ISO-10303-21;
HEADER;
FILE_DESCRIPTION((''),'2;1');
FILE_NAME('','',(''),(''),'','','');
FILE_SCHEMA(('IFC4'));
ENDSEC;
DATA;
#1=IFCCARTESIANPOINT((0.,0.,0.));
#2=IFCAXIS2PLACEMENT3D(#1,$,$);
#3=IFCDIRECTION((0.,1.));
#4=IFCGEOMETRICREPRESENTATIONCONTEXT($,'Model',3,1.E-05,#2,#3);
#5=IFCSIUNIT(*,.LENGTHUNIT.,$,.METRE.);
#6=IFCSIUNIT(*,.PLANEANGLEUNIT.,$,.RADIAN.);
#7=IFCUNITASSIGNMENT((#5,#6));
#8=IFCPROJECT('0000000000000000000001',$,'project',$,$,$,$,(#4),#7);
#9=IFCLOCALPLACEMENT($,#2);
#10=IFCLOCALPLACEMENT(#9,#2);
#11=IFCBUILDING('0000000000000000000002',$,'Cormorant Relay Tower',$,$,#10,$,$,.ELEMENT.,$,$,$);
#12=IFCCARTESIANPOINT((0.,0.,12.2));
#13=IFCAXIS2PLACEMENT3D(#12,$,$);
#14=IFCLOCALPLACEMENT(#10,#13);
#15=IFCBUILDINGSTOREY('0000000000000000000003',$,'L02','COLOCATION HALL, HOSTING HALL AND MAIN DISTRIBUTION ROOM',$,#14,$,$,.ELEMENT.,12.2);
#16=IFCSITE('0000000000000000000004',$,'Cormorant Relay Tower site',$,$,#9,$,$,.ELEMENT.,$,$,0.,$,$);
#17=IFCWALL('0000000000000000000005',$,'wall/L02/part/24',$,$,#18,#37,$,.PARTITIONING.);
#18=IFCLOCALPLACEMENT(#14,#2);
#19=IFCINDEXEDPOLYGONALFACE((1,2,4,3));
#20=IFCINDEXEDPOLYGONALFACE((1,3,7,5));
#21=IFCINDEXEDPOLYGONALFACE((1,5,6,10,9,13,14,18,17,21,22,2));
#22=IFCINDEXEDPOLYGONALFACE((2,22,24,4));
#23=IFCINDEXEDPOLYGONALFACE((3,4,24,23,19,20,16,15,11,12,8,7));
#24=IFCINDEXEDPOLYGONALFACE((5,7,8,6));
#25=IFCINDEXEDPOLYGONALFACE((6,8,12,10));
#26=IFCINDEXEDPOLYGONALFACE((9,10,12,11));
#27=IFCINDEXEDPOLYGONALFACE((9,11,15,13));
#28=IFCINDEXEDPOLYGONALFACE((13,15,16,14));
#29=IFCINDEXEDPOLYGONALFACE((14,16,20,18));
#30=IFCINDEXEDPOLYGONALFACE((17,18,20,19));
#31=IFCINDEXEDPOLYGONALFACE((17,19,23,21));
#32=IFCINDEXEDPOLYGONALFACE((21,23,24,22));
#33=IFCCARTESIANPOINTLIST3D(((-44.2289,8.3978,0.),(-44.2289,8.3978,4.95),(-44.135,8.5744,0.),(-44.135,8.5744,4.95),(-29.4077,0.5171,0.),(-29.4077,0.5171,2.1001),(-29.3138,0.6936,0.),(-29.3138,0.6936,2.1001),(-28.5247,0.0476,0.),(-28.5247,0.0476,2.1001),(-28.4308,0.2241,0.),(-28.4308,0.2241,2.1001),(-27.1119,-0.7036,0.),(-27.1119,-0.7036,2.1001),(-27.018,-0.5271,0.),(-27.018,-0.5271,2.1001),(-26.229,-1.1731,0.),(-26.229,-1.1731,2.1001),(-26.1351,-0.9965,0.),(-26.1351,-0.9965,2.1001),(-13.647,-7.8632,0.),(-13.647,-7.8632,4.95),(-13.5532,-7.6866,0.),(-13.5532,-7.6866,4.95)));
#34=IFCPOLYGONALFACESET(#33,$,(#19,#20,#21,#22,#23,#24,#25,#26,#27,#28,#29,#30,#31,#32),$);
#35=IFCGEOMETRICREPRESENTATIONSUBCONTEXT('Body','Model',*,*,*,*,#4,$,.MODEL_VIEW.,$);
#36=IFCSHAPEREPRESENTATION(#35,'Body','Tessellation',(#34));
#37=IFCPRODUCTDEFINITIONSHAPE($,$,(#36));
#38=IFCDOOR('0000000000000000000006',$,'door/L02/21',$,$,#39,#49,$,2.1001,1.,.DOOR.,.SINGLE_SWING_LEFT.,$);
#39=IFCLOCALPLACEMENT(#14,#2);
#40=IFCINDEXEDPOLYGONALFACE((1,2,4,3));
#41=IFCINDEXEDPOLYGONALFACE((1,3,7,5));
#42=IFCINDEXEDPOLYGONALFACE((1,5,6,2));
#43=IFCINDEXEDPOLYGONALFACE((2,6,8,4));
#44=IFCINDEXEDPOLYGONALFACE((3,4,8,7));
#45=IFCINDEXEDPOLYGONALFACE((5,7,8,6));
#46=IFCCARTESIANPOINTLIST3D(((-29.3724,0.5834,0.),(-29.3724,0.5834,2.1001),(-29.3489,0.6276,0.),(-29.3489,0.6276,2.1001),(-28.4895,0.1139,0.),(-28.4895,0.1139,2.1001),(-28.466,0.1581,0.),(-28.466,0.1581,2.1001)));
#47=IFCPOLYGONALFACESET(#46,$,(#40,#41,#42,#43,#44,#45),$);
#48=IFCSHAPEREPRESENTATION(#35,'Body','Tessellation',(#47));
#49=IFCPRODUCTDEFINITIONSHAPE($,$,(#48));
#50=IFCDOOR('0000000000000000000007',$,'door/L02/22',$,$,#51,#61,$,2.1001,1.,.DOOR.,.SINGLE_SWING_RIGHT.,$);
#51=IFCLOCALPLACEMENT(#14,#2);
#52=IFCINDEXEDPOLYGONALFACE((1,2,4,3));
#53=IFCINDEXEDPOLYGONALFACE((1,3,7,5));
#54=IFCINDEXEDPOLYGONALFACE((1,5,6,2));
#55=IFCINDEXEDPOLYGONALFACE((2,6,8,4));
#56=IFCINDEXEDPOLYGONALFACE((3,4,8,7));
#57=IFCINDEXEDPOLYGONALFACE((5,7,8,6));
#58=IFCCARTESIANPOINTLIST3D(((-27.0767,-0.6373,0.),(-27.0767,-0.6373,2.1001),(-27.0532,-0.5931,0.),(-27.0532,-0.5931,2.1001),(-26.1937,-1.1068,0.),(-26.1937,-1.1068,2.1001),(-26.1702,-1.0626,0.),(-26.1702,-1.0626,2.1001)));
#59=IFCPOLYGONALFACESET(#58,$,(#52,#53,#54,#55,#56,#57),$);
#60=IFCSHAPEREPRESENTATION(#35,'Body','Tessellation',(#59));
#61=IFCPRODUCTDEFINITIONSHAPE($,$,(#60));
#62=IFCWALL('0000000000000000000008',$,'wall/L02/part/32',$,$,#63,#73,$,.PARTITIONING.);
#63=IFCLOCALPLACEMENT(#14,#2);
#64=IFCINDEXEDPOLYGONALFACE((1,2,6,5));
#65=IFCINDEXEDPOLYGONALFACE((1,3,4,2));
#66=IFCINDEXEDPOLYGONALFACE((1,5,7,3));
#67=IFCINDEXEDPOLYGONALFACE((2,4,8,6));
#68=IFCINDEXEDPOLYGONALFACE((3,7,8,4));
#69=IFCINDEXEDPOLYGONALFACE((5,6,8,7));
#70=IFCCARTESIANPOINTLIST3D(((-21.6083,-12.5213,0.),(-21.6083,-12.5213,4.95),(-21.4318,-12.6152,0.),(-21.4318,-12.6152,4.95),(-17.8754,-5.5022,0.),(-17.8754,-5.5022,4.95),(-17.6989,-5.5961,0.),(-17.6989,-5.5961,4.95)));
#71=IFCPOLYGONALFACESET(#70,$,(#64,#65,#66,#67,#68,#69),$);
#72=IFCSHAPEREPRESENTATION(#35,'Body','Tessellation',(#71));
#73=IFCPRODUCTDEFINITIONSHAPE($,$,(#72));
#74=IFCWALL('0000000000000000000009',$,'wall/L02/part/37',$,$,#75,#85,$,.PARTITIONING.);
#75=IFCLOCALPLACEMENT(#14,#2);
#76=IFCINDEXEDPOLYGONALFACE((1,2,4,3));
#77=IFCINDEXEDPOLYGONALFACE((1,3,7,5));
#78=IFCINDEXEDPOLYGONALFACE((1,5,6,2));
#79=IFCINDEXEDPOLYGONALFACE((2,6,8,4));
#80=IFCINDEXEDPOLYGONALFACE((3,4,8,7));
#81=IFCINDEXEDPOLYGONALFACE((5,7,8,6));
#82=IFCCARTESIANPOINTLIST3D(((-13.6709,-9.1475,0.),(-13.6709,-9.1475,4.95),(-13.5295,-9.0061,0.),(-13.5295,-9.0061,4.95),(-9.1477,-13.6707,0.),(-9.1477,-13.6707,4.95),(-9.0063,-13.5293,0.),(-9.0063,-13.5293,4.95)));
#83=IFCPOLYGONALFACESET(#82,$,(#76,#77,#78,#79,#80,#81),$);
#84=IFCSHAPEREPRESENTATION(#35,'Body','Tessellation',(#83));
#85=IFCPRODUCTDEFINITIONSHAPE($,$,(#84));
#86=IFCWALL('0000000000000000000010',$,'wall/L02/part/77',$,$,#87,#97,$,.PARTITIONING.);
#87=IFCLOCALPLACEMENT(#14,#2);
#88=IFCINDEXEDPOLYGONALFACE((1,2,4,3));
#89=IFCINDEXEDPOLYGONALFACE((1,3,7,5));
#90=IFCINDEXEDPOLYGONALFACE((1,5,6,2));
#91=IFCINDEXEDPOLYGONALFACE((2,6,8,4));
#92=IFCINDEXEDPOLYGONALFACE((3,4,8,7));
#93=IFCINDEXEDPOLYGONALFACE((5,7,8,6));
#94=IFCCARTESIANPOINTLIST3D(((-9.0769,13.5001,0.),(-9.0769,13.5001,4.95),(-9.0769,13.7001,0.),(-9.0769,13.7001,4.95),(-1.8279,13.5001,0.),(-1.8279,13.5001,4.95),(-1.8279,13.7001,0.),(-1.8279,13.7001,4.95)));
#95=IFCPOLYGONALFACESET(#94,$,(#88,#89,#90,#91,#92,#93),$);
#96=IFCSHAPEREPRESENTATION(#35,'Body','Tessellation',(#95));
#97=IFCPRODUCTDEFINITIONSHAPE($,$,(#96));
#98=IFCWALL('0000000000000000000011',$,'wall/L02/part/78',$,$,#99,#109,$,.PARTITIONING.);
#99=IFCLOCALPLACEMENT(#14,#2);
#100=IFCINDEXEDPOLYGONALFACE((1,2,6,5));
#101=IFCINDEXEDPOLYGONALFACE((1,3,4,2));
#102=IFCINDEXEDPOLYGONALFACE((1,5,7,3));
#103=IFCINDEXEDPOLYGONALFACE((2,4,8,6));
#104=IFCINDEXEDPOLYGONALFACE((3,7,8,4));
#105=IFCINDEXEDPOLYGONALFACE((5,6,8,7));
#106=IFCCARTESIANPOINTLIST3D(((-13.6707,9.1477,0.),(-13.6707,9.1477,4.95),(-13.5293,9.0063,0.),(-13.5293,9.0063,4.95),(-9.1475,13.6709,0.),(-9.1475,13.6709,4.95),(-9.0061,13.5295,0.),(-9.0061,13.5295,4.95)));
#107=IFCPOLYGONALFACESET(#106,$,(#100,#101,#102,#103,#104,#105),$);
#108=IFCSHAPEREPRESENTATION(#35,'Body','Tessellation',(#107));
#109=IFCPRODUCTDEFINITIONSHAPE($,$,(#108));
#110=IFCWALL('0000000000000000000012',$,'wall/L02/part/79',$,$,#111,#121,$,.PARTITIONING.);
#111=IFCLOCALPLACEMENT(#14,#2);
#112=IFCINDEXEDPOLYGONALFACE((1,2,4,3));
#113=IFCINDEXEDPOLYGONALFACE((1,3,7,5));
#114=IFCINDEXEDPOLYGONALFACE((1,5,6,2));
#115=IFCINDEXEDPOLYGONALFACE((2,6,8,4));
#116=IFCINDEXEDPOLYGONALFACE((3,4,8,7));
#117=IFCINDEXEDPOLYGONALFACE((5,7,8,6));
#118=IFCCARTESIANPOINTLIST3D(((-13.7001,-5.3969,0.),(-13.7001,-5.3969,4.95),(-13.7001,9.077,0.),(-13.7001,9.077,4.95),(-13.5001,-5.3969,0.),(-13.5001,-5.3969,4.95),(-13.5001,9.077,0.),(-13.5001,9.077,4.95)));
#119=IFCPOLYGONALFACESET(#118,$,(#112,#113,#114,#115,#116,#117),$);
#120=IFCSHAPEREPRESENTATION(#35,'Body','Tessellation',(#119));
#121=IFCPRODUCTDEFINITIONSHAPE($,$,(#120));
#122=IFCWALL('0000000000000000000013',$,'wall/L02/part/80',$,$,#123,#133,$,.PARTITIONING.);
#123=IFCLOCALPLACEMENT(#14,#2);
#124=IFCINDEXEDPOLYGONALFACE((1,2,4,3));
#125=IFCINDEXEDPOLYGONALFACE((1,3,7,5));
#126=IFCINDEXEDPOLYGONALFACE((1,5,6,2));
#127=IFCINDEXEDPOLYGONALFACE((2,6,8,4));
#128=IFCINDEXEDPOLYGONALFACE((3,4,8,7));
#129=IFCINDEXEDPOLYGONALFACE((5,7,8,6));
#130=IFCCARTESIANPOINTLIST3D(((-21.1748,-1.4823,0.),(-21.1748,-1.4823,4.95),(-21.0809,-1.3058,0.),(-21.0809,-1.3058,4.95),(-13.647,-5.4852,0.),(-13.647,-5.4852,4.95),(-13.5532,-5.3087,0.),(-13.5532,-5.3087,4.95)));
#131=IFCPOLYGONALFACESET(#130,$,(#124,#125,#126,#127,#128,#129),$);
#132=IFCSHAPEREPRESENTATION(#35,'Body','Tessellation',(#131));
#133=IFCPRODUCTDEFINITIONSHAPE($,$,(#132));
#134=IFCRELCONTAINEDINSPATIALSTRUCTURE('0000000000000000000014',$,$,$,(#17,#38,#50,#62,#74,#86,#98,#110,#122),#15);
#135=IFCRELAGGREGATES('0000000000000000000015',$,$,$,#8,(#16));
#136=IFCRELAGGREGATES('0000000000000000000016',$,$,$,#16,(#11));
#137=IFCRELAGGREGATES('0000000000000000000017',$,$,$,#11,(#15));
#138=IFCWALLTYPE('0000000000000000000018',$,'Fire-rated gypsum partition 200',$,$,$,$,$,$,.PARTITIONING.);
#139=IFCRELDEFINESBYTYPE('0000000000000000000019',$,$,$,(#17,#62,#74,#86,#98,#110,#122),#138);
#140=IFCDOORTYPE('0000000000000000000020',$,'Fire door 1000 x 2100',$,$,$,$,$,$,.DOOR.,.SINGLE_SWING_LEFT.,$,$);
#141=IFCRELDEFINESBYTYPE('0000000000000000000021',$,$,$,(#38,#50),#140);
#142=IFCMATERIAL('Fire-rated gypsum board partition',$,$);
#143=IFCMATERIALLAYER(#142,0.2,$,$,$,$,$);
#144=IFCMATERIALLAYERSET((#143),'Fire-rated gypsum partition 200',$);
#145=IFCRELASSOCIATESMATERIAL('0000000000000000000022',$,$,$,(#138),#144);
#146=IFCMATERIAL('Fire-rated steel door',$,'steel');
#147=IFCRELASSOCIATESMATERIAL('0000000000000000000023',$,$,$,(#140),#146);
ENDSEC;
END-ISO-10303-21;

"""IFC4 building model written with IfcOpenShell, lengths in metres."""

from ifc_helpers import new_model, si_unit, direction, frame, frame_2d, origin, place, context, subcontext, project, spatial, rectangle, extrude, material, layer, layer_set, type_object, element, fill, save


model = new_model("IFC4")

# Units and contexts
model_context = context("Model", 3, precision=1e-05, world=origin(), true_north=direction((0.0, 1.0)))
body_context = subcontext(model_context, "Body", "Model", "MODEL_VIEW")
ifc_project = project(units=[si_unit("LENGTHUNIT", "METRE"), si_unit("PLANEANGLEUNIT", "RADIAN")], contexts=[model_context])

# Site, building, storey
site_placement = place(None, origin())
site = spatial("IfcSite", under=ifc_project, at=site_placement, Name="Cormorant Relay Tower site", CompositionType="ELEMENT", RefElevation=0.0)
building_placement = place(site_placement, origin())
building = spatial("IfcBuilding", under=site, at=building_placement, Name="Cormorant Relay Tower", CompositionType="ELEMENT")
storey_placement = place(building_placement, frame((0.0, 0.0, 12.2)))
storey = spatial("IfcBuildingStorey", under=building, at=storey_placement, Name="L02", Description="COLOCATION HALL, HOSTING HALL AND MAIN DISTRIBUTION ROOM", CompositionType="ELEMENT", Elevation=12.2)

# Shared definitions
ifc_material_1 = material(Name="Fire-rated gypsum board partition")
ifc_layer_1 = layer(ifc_material_1, 0.2)
ifc_layer_set_1 = layer_set([ifc_layer_1], Name="Fire-rated gypsum partition 200")
wall_type_1 = type_object("IfcWallType", Name="Fire-rated gypsum partition 200", PredefinedType="PARTITIONING", material=ifc_layer_set_1)

# Wall, openings, doors
wall_1_placement = place(storey_placement, frame((-13.6001, -7.7749, 0.0), z_axis=(0.0, 0.0, 1.0), x_axis=(-0.882943, 0.46948, 0.0)))
wall_1 = element("IfcWall", 1, at=wall_1_placement, inside=storey, type_object=wall_type_1, Name="wall/L02/part/24", PredefinedType="PARTITIONING", context=body_context, shape_type="SweptSolid", body=[
    extrude(rectangle(XDim=34.6362, YDim=0.2, at=frame_2d((17.3181, 0.0))), origin(), (0.0, 0.0, 1.0), 4.95),
])
opening_1_placement = place(wall_1_placement, frame((16.8501, 0.0, 0.0)))
opening_1 = element("IfcOpeningElement", 2, at=opening_1_placement, cuts=wall_1, PredefinedType="OPENING", context=body_context, shape_type="SweptSolid", body=[
    extrude(rectangle(XDim=1.0, YDim=2.1001, at=frame_2d((0.5, 1.05))), frame((0.0, 0.1099, 0.0), z_axis=(0.0, -1.0, 0.0), x_axis=(1.0, 0.0, 0.0)), (0.0, 0.0, 1.0), 0.22),
])
opening_2_placement = place(wall_1_placement, frame((14.25, 0.0, 0.0)))
opening_2 = element("IfcOpeningElement", 3, at=opening_2_placement, cuts=wall_1, PredefinedType="OPENING", context=body_context, shape_type="SweptSolid", body=[
    extrude(rectangle(XDim=1.0, YDim=2.1001, at=frame_2d((0.5, 1.05))), frame((0.0, 0.1099, 0.0), z_axis=(0.0, -1.0, 0.0), x_axis=(1.0, 0.0, 0.0)), (0.0, 0.0, 1.0), 0.22),
])
ifc_material_2 = material(Name="Fire-rated steel door", Category="steel")
door_type = type_object("IfcDoorType", Name="Fire door 1000 x 2100", OperationType="SINGLE_SWING_LEFT", PredefinedType="DOOR", material=ifc_material_2)
door_1_placement = place(opening_1_placement, origin())
door_1 = element("IfcDoor", 4, at=door_1_placement, inside=storey, type_object=door_type, Name="door/L02/21", OperationType="SINGLE_SWING_LEFT", OverallHeight=2.1001, OverallWidth=1.0, PredefinedType="DOOR", context=body_context, shape_type="SweptSolid", body=[
    extrude(rectangle(XDim=1.0, YDim=2.1001, at=frame_2d((0.5, 1.05))), frame((0.0, 0.0249, 0.0), z_axis=(0.0, -1.0, 0.0), x_axis=(1.0, 0.0, 0.0)), (0.0, 0.0, 1.0), 0.05),
])
fill(opening_1, door_1)
door_2_placement = place(opening_2_placement, origin())
door_2 = element("IfcDoor", 5, at=door_2_placement, inside=storey, type_object=door_type, Name="door/L02/22", OperationType="SINGLE_SWING_RIGHT", OverallHeight=2.1001, OverallWidth=1.0, PredefinedType="DOOR", context=body_context, shape_type="SweptSolid", body=[
    extrude(rectangle(XDim=1.0, YDim=2.1001, at=frame_2d((0.5, 1.05))), frame((0.0, 0.0249, 0.0), z_axis=(0.0, -1.0, 0.0), x_axis=(1.0, 0.0, 0.0)), (0.0, 0.0, 1.0), 0.05),
])
fill(opening_2, door_2)

# Walls
wall_2_placement = place(storey_placement, frame((-17.7871, -5.5491, 0.0), z_axis=(0.0, 0.0, 1.0), x_axis=(-0.469552, -0.882905, 0.0)))
element("IfcWall", 6, at=wall_2_placement, inside=storey, type_object=wall_type_1, Name="wall/L02/part/32", PredefinedType="PARTITIONING", context=body_context, shape_type="SweptSolid", body=[
    extrude(rectangle(XDim=7.95, YDim=0.2, at=frame_2d((3.9751, 0.0))), origin(), (0.0, 0.0, 1.0), 4.95),
])
wall_3_placement = place(storey_placement, frame((-13.6001, -9.0769, 0.0), z_axis=(0.0, 0.0, 1.0), x_axis=(0.707107, -0.707107, 0.0)))
element("IfcWall", 7, at=wall_3_placement, inside=storey, type_object=wall_type_1, Name="wall/L02/part/37", PredefinedType="PARTITIONING", context=body_context, shape_type="SweptSolid", body=[
    extrude(rectangle(XDim=6.3967, YDim=0.2, at=frame_2d((3.1982, 0.0))), origin(), (0.0, 0.0, 1.0), 4.95),
])
wall_4_placement = place(storey_placement, frame((-1.8279, 13.6001, 0.0), z_axis=(0.0, 0.0, 1.0), x_axis=(-1.0, 0.0, 0.0)))
element("IfcWall", 8, at=wall_4_placement, inside=storey, type_object=wall_type_1, Name="wall/L02/part/77", PredefinedType="PARTITIONING", context=body_context, shape_type="SweptSolid", body=[
    extrude(rectangle(XDim=7.249, YDim=0.2, at=frame_2d((3.6245, 0.0))), origin(), (0.0, 0.0, 1.0), 4.95),
])
wall_5_placement = place(storey_placement, frame((-9.0769, 13.6001, 0.0), z_axis=(0.0, 0.0, 1.0), x_axis=(-0.707107, -0.707107, 0.0)))
element("IfcWall", 9, at=wall_5_placement, inside=storey, type_object=wall_type_1, Name="wall/L02/part/78", PredefinedType="PARTITIONING", context=body_context, shape_type="SweptSolid", body=[
    extrude(rectangle(XDim=6.3967, YDim=0.2, at=frame_2d((3.1982, 0.0))), origin(), (0.0, 0.0, 1.0), 4.95),
])
wall_6_placement = place(storey_placement, frame((-13.6001, 9.0769, 0.0), z_axis=(0.0, 0.0, 1.0), x_axis=(0.0, -1.0, 0.0)))
element("IfcWall", 10, at=wall_6_placement, inside=storey, type_object=wall_type_1, Name="wall/L02/part/79", PredefinedType="PARTITIONING", context=body_context, shape_type="SweptSolid", body=[
    extrude(rectangle(XDim=14.4739, YDim=0.2, at=frame_2d((7.2368, 0.0))), origin(), (0.0, 0.0, 1.0), 4.95),
])
wall_7_placement = place(storey_placement, frame((-13.6001, -5.397, 0.0), z_axis=(0.0, 0.0, 1.0), x_axis=(-0.882933, 0.4695, 0.0)))
element("IfcWall", 11, at=wall_7_placement, inside=storey, type_object=wall_type_1, Name="wall/L02/part/80", PredefinedType="PARTITIONING", context=body_context, shape_type="SweptSolid", body=[
    extrude(rectangle(XDim=8.5259, YDim=0.2, at=frame_2d((4.2629, 0.0))), origin(), (0.0, 0.0, 1.0), 4.95),
])

save(model, "model.ifc")
